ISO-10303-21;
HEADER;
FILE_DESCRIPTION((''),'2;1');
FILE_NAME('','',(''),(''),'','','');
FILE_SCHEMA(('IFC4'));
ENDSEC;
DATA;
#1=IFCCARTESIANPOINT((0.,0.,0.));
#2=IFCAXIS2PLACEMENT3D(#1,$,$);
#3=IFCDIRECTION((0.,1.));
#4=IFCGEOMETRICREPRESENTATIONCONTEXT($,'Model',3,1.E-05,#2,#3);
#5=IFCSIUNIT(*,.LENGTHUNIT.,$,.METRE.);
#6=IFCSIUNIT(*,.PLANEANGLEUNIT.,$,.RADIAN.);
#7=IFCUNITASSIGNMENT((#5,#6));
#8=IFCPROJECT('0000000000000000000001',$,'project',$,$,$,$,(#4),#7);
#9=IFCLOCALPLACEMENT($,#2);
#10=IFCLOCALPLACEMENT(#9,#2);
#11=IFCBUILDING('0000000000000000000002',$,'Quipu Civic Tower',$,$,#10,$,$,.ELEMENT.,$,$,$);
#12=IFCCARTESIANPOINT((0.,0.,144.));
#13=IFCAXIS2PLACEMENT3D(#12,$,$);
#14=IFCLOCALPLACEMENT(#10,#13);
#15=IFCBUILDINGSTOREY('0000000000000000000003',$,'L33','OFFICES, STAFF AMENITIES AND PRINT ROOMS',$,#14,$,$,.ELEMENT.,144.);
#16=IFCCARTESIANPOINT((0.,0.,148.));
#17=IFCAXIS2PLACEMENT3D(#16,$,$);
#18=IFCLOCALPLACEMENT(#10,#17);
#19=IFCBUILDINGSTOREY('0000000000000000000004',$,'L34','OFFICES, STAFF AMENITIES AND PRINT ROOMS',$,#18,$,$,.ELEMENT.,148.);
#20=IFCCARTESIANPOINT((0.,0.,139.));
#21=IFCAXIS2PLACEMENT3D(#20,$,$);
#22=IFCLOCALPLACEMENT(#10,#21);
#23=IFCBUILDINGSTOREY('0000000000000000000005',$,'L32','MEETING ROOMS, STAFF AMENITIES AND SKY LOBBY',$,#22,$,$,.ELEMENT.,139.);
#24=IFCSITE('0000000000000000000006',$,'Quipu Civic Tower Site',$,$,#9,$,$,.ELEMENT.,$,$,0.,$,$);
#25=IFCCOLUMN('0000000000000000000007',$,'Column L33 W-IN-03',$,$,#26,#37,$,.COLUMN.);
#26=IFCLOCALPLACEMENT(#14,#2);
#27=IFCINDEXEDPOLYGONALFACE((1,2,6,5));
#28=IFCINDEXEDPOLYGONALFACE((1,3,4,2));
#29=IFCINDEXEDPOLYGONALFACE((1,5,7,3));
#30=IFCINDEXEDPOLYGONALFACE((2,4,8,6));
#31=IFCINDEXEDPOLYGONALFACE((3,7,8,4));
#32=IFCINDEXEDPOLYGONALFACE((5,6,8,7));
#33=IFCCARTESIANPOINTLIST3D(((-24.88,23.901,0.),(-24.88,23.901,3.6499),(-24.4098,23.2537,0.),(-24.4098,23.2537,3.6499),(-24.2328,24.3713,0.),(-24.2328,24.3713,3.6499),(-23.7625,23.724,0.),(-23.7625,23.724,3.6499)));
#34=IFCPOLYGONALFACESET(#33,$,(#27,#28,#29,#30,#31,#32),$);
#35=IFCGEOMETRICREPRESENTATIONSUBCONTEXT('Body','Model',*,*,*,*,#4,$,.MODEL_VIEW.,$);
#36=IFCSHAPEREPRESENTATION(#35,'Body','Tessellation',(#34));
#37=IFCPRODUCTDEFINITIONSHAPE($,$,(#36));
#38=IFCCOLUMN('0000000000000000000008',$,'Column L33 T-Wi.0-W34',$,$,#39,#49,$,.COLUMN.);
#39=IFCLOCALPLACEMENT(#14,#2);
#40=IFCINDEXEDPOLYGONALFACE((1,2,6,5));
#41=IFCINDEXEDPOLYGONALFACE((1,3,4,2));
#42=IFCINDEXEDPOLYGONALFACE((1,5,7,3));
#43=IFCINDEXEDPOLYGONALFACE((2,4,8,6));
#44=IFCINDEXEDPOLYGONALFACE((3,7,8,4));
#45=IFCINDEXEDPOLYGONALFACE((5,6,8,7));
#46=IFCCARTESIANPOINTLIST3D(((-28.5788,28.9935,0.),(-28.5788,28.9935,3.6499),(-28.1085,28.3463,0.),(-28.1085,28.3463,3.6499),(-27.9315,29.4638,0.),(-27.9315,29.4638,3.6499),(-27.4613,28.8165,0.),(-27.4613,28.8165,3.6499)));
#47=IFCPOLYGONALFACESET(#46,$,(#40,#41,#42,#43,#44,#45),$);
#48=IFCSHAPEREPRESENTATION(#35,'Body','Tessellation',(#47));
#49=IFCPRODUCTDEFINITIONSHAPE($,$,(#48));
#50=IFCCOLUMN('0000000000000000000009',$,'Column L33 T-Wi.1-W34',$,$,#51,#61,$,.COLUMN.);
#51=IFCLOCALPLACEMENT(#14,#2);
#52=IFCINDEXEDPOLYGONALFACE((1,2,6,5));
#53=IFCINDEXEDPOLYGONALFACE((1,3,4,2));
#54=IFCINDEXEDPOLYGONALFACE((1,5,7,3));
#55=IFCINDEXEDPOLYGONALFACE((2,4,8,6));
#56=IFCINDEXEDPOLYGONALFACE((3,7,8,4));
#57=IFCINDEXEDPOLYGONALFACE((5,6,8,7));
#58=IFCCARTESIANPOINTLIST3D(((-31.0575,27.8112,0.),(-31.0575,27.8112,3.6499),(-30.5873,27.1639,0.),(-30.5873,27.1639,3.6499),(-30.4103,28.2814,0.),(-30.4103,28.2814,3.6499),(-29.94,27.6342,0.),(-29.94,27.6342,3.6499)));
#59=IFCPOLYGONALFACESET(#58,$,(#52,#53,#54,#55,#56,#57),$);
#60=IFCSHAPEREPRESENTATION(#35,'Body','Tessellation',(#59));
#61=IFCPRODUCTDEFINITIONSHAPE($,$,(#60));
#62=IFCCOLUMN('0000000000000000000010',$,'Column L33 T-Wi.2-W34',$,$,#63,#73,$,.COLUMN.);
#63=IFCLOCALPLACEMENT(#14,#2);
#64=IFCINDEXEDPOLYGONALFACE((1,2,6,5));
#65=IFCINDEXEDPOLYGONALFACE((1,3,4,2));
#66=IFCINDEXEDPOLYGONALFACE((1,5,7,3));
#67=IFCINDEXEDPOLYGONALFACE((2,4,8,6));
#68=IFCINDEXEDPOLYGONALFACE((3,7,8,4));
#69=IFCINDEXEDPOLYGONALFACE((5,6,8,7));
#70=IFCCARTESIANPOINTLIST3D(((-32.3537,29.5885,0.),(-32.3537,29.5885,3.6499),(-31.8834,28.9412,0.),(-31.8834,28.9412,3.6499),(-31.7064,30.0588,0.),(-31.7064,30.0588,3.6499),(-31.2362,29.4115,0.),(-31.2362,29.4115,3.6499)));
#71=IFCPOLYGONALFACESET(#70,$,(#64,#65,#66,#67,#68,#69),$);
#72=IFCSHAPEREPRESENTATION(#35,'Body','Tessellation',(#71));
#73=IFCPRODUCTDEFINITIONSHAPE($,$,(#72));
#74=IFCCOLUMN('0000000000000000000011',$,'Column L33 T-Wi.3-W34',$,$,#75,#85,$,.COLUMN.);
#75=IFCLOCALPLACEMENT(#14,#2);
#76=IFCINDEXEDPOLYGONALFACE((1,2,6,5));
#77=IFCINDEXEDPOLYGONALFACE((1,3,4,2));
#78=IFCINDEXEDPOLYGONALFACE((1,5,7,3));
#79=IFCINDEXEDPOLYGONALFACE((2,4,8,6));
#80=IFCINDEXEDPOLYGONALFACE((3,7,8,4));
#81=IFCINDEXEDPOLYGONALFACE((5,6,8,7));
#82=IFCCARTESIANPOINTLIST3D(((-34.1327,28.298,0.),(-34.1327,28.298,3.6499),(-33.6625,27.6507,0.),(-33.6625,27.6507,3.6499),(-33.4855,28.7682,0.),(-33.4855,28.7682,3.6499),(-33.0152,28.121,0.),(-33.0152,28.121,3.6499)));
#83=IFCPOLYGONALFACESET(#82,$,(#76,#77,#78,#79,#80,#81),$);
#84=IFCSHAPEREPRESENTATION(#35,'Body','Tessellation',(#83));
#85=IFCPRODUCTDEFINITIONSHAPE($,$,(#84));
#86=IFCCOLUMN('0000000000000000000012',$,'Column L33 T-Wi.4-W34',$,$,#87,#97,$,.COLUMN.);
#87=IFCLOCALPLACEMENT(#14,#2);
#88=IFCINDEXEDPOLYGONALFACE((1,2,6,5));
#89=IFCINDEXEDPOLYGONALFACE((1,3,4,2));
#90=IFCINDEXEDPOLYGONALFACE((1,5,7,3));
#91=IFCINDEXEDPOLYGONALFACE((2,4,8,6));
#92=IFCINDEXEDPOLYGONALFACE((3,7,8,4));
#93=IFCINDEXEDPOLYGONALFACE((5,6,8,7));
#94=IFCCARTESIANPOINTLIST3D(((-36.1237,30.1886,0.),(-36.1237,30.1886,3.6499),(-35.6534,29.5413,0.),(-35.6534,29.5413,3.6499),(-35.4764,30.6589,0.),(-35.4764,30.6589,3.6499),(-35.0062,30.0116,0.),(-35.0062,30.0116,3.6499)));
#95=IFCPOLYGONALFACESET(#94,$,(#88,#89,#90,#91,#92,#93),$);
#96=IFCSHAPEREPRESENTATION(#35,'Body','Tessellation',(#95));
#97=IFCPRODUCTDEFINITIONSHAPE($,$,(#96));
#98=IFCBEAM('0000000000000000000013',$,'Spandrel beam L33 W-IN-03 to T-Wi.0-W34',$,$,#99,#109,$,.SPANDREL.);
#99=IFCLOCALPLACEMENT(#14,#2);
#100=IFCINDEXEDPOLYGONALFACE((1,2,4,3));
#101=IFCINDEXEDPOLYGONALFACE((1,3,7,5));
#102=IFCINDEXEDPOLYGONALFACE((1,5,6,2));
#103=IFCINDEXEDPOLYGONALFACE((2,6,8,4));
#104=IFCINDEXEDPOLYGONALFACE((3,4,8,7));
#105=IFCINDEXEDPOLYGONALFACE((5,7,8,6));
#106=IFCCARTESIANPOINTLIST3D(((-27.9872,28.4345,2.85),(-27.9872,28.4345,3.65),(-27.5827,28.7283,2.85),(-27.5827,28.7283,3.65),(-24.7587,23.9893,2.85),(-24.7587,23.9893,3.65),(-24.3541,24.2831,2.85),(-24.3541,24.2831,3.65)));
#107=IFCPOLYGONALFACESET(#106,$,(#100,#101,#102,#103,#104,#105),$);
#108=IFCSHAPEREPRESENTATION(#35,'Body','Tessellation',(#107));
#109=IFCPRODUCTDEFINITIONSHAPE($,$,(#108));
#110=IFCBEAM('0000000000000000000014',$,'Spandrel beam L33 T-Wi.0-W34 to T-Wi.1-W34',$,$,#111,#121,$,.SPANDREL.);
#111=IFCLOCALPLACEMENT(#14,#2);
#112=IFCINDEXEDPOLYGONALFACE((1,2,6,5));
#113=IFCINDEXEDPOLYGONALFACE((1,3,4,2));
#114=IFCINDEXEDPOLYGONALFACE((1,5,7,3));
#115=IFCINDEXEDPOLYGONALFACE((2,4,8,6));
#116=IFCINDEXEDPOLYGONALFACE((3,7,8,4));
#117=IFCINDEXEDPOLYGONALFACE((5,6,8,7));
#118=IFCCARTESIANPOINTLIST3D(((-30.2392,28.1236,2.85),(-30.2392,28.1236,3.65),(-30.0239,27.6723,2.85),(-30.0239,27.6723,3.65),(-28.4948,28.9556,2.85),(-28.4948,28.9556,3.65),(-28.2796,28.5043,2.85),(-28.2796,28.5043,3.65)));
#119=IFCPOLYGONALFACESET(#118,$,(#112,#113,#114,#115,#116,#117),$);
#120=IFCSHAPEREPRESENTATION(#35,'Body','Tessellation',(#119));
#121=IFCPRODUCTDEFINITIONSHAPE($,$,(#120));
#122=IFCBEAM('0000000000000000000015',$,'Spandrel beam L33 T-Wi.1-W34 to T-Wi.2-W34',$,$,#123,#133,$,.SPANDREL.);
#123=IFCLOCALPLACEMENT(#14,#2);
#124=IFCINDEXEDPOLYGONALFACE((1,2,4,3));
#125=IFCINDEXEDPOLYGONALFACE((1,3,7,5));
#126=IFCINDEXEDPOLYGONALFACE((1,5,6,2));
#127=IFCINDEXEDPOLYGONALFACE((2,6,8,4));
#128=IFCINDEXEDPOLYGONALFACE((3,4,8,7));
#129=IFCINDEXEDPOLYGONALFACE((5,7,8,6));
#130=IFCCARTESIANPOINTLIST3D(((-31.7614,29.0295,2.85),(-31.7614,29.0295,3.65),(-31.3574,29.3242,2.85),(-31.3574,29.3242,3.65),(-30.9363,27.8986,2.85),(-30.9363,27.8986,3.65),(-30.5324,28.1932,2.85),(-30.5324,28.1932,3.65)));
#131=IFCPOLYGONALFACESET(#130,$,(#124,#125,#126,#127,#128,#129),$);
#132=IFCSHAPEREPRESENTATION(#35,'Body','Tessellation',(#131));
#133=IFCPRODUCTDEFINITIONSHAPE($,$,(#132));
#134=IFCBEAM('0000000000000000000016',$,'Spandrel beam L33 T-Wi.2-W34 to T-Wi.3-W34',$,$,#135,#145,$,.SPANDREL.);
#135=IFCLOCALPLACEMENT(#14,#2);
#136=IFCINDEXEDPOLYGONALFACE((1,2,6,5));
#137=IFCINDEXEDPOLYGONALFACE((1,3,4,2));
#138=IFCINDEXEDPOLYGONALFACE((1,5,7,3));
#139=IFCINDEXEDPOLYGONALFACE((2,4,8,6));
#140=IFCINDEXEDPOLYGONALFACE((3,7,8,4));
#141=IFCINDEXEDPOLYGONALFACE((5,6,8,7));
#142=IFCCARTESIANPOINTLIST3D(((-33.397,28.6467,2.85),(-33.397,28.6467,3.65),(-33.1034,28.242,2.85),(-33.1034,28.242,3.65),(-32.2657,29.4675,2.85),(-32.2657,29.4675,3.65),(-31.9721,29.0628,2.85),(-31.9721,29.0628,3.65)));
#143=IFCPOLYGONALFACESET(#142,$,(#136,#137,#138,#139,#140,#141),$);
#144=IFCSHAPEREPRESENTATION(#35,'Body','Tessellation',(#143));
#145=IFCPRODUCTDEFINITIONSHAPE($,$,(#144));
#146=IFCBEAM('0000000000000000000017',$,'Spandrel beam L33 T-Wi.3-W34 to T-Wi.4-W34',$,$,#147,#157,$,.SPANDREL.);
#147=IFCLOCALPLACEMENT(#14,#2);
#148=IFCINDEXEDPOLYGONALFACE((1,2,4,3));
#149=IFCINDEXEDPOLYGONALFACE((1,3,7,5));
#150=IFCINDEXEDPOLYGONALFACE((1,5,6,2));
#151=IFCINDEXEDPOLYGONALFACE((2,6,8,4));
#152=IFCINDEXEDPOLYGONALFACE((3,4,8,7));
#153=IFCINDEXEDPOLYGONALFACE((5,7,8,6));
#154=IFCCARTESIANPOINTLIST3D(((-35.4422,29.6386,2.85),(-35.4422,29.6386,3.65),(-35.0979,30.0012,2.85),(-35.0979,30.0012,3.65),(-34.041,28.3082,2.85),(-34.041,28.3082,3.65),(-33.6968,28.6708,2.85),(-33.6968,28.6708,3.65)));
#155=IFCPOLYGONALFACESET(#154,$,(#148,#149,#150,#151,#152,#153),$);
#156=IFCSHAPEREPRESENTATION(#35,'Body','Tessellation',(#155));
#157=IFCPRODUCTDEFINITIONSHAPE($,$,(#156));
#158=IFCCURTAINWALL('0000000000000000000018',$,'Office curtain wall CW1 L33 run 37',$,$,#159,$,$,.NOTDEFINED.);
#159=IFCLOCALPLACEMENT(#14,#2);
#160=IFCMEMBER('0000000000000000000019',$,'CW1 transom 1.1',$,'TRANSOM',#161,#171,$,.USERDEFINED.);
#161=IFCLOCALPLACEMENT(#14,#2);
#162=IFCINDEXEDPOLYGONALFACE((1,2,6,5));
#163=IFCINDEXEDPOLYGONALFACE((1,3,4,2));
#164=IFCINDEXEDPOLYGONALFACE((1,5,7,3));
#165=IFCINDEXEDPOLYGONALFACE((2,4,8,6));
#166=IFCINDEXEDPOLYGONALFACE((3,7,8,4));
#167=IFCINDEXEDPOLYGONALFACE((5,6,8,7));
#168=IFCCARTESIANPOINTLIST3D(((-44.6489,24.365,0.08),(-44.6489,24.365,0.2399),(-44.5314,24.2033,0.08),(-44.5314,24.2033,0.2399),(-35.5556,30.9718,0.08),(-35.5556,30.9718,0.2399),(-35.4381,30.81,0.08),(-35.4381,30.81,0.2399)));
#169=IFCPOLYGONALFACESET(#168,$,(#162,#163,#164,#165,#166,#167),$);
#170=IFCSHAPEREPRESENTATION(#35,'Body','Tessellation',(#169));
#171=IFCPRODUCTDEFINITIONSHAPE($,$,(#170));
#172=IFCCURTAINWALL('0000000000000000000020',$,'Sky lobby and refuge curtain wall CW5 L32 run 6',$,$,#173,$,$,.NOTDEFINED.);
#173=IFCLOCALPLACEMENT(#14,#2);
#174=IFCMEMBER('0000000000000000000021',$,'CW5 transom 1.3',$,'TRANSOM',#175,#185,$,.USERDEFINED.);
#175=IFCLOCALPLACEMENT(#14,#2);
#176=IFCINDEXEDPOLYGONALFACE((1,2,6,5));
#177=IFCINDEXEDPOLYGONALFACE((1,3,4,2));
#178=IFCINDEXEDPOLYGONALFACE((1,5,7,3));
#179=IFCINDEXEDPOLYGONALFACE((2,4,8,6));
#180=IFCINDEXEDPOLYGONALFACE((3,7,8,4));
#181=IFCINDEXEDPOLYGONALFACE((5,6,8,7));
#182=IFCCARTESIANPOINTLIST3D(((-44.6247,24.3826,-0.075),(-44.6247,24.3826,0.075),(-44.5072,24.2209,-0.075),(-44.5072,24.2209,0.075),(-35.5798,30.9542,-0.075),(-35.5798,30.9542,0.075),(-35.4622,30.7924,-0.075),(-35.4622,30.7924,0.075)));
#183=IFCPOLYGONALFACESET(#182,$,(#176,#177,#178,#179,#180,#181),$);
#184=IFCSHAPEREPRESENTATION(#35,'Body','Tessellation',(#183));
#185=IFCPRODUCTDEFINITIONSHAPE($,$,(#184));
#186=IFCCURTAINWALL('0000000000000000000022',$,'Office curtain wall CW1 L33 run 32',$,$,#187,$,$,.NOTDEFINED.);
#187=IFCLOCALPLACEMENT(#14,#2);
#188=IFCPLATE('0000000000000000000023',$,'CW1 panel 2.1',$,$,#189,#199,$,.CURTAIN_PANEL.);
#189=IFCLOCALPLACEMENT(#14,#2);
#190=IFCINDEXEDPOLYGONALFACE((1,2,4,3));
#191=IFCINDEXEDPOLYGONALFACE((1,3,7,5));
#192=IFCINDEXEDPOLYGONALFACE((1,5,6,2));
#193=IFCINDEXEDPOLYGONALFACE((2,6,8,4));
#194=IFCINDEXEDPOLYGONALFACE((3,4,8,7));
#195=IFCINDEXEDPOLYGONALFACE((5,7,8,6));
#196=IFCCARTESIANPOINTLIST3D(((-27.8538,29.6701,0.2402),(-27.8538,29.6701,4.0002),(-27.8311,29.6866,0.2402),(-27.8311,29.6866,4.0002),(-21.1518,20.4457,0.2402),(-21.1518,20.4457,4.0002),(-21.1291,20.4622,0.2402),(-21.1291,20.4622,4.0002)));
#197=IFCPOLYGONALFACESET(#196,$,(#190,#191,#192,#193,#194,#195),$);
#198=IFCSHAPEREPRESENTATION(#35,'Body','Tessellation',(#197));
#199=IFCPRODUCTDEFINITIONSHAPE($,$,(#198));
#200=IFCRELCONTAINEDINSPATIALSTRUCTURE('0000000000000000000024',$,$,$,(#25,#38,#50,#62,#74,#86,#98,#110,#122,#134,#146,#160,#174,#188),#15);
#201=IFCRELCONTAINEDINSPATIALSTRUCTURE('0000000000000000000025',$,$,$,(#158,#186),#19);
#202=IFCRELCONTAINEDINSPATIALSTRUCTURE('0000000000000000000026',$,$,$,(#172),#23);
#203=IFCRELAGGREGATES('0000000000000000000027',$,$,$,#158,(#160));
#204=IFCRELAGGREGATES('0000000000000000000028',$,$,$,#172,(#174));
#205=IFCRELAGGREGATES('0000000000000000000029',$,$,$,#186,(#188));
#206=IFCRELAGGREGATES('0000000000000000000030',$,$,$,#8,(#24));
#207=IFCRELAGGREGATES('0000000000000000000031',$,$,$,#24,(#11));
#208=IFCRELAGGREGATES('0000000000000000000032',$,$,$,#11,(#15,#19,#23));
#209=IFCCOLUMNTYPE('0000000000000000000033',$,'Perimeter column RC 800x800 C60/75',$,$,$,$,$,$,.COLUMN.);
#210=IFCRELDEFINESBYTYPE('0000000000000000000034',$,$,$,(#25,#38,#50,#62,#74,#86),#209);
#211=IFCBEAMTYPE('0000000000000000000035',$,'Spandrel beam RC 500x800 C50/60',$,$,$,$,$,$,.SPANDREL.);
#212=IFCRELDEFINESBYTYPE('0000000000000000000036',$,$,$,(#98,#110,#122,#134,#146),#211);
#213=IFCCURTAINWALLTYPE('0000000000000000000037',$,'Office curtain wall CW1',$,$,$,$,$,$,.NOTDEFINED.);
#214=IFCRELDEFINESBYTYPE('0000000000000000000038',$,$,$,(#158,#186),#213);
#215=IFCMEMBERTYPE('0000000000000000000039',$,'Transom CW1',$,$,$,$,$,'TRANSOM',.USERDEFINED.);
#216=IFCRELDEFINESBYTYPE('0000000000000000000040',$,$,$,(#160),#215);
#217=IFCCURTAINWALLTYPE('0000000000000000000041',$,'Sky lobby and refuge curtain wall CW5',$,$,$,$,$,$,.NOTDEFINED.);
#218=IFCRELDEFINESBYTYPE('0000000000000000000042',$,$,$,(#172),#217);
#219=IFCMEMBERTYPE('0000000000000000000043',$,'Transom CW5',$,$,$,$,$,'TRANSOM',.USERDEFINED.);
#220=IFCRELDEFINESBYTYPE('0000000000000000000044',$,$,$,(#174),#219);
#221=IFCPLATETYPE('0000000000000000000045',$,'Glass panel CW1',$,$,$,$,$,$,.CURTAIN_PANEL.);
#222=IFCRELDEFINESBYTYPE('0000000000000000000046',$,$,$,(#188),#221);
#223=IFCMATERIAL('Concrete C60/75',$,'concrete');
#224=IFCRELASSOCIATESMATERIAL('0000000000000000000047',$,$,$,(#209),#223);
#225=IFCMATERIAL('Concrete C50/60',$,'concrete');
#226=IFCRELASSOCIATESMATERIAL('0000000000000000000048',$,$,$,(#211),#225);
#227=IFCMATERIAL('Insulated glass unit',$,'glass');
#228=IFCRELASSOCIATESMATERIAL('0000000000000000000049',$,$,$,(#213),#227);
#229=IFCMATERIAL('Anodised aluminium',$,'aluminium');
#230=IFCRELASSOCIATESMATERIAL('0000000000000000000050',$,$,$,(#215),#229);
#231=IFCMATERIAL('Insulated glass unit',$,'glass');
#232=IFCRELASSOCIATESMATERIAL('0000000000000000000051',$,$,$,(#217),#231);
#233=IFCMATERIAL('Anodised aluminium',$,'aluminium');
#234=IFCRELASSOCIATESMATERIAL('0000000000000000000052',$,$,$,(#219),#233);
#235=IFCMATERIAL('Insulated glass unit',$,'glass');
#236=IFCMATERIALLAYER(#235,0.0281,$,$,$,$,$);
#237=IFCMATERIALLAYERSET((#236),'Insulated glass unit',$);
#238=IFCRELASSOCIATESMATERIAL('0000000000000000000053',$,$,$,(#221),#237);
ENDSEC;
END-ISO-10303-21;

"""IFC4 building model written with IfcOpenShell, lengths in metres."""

from ifc_helpers import new_model, si_unit, direction, frame, origin, origin_2d, place, context, subcontext, project, spatial, rectangle, extrude, material, layer, layer_set, material_profile, profile_set, type_object, element, aggregate, save


model = new_model("IFC4")

# Units and contexts
model_context = context("Model", 3, precision=1e-05, world=origin(), true_north=direction((0.0, 1.0)))
body_context = subcontext(model_context, "Body", "Model", "MODEL_VIEW")
ifc_project = project(units=[si_unit("LENGTHUNIT", "METRE"), si_unit("PLANEANGLEUNIT", "RADIAN")], contexts=[model_context])

# Site, building, storey
site_placement = place(None, origin())
site = spatial("IfcSite", under=ifc_project, at=site_placement, Name="Quipu Civic Tower Site", CompositionType="ELEMENT", RefElevation=0.0)
building_placement = place(site_placement, origin())
building = spatial("IfcBuilding", under=site, at=building_placement, Name="Quipu Civic Tower", CompositionType="ELEMENT")
storey_1_placement = place(building_placement, frame((0.0, 0.0, 144.0)))
storey_1 = spatial("IfcBuildingStorey", under=building, at=storey_1_placement, Name="L33", Description="OFFICES, STAFF AMENITIES AND PRINT ROOMS", CompositionType="ELEMENT", Elevation=144.0)

# Columns
ifc_material_1 = material(Name="Concrete C60/75", Category="concrete")
ifc_material_profile_1 = material_profile(ifc_material_1, rectangle(XDim=0.8, YDim=0.8, at=origin_2d()), Name="RC800x800")
ifc_profile_set_1 = profile_set([ifc_material_profile_1], Name="Concrete C60/75")
column_type = type_object("IfcColumnType", Name="Perimeter column RC 800x800 C60/75", PredefinedType="COLUMN", material=ifc_profile_set_1)
for number, where, z_axis, x_axis, name in (
    (1, (-24.3213, 23.8125, 0.0), (0.0, 0.0, 1.0), (-0.587785, 0.809017, 0.0), "Column L33 W-IN-03"),
    (2, (-28.02, 28.905, 0.0), (0.0, 0.0, 1.0), (-0.809017, -0.587785, 0.0), "Column L33 T-Wi.0-W34"),
    (3, (-30.4988, 27.7227, 0.0), (0.0, 0.0, 1.0), (-0.809017, -0.587785, 0.0), "Column L33 T-Wi.1-W34"),
    (4, (-31.7949, 29.5, 0.0), (0.0, 0.0, 1.0), (-0.587785, 0.809017, 0.0), "Column L33 T-Wi.2-W34"),
    (5, (-33.574, 28.2095, 0.0), (0.0, 0.0, 1.0), (-0.587785, 0.809017, 0.0), "Column L33 T-Wi.3-W34"),
    (6, (-35.5649, 30.1001, 0.0), (0.0, 0.0, 1.0), (-0.809017, -0.587785, 0.0), "Column L33 T-Wi.4-W34"),
):
    element("IfcColumn", number, at=place(storey_1_placement, frame(where, z_axis=z_axis, x_axis=x_axis)), inside=storey_1, type_object=column_type, Name=name, PredefinedType="COLUMN", context=body_context, shape_type="SweptSolid", body=[
        extrude(rectangle(XDim=0.8, YDim=0.8, at=origin_2d()), origin(), (0.0, 0.0, 1.0), 3.6499),
    ])

# Beams
ifc_material_2 = material(Name="Concrete C50/60", Category="concrete")
ifc_material_profile_2 = material_profile(ifc_material_2, rectangle(XDim=0.5, YDim=0.8, at=origin_2d()), Name="RC500x800")
ifc_profile_set_2 = profile_set([ifc_material_profile_2], Name="Concrete C50/60")
beam_type = type_object("IfcBeamType", Name="Spandrel beam RC 500x800 C50/60", PredefinedType="SPANDREL", material=ifc_profile_set_2)
beam_1_placement = place(storey_1_placement, frame((-24.5564, 24.1362, 3.25), z_axis=(-0.587664, 0.809105, 0.0), x_axis=(-0.809105, -0.587664, 0.0)))
element("IfcBeam", 7, at=beam_1_placement, inside=storey_1, type_object=beam_type, Name="Spandrel beam L33 W-IN-03 to T-Wi.0-W34", PredefinedType="SPANDREL", context=body_context, shape_type="SweptSolid", body=[
    extrude(rectangle(XDim=0.5, YDim=0.8, at=origin_2d()), origin(), (0.0, 0.0, 1.0), 5.4939),
])
beam_2_placement = place(storey_1_placement, frame((-28.3872, 28.73, 3.25), z_axis=(-0.902585, -0.430512, 0.0), x_axis=(0.430512, -0.902585, 0.0)))
element("IfcBeam", 8, at=beam_2_placement, inside=storey_1, type_object=beam_type, Name="Spandrel beam L33 T-Wi.0-W34 to T-Wi.1-W34", PredefinedType="SPANDREL", context=body_context, shape_type="SweptSolid", body=[
    extrude(rectangle(XDim=0.5, YDim=0.8, at=origin_2d()), origin(), (0.0, 0.0, 1.0), 1.9326),
])
beam_3_placement = place(storey_1_placement, frame((-30.7344, 28.0459, 3.25), z_axis=(-0.589343, 0.807883, 0.0), x_axis=(-0.807883, -0.589343, 0.0)))
element("IfcBeam", 9, at=beam_3_placement, inside=storey_1, type_object=beam_type, Name="Spandrel beam L33 T-Wi.1-W34 to T-Wi.2-W34", PredefinedType="SPANDREL", context=body_context, shape_type="SweptSolid", body=[
    extrude(rectangle(XDim=0.5, YDim=0.8, at=origin_2d()), origin(), (0.0, 0.0, 1.0), 1.3999),
])
beam_4_placement = place(storey_1_placement, frame((-32.1189, 29.2651, 3.25), z_axis=(-0.809415, -0.587237, 0.0), x_axis=(0.587237, -0.809415, 0.0)))
element("IfcBeam", 10, at=beam_4_placement, inside=storey_1, type_object=beam_type, Name="Spandrel beam L33 T-Wi.2-W34 to T-Wi.3-W34", PredefinedType="SPANDREL", context=body_context, shape_type="SweptSolid", body=[
    extrude(rectangle(XDim=0.5, YDim=0.8, at=origin_2d()), origin(), (0.0, 0.0, 1.0), 1.3977),
])
beam_5_placement = place(storey_1_placement, frame((-33.8689, 28.4895, 3.25), z_axis=(-0.725192, 0.688547, 0.0), x_axis=(-0.688547, -0.725192, 0.0)))
element("IfcBeam", 11, at=beam_5_placement, inside=storey_1, type_object=beam_type, Name="Spandrel beam L33 T-Wi.3-W34 to T-Wi.4-W34", PredefinedType="SPANDREL", context=body_context, shape_type="SweptSolid", body=[
    extrude(rectangle(XDim=0.5, YDim=0.8, at=origin_2d()), origin(), (0.0, 0.0, 1.0), 1.9321),
])

# Shared definitions
storey_2_placement = place(building_placement, frame((0.0, 0.0, 148.0)))
storey_2 = spatial("IfcBuildingStorey", under=building, at=storey_2_placement, Name="L34", Description="OFFICES, STAFF AMENITIES AND PRINT ROOMS", CompositionType="ELEMENT", Elevation=148.0)

# Curtain wall, member
ifc_material_3 = material(Name="Insulated glass unit", Category="glass")
curtain_wall_type_1 = type_object("IfcCurtainWallType", Name="Office curtain wall CW1", PredefinedType="NOTDEFINED", material=ifc_material_3)
curtain_wall_1_placement = place(storey_2_placement, origin())
curtain_wall_1 = element("IfcCurtainWall", 12, at=curtain_wall_1_placement, inside=storey_2, type_object=curtain_wall_type_1, Name="Office curtain wall CW1 L33 run 37", PredefinedType="NOTDEFINED")
ifc_material_4 = material(Name="Anodised aluminium", Category="aluminium")
ifc_material_profile_3 = material_profile(ifc_material_4, rectangle(XDim=0.2, YDim=0.1599, at=origin_2d()), Name="RECT 200x160")
ifc_profile_set_3 = profile_set([ifc_material_profile_3], Name="Anodised aluminium")
member_type_1 = type_object("IfcMemberType", Name="Transom CW1", ElementType="TRANSOM", PredefinedType="USERDEFINED", material=ifc_profile_set_3)
member_1_placement = place(storey_1_placement, frame((-35.4968, 30.8909, 0.1599), z_axis=(-0.809015, -0.587788, 0.0), x_axis=(0.587788, -0.809015, 0.0)))
member_1 = element("IfcMember", 13, at=member_1_placement, inside=storey_1, type_object=member_type_1, Name="CW1 transom 1.1", ObjectType="TRANSOM", PredefinedType="USERDEFINED", context=body_context, shape_type="SweptSolid", body=[
    extrude(rectangle(XDim=0.2, YDim=0.1599, at=origin_2d()), origin(), (0.0, 0.0, 1.0), 11.24),
])
aggregate(curtain_wall_1, [member_1])

# Shared definitions
storey_3_placement = place(building_placement, frame((0.0, 0.0, 139.0)))
storey_3 = spatial("IfcBuildingStorey", under=building, at=storey_3_placement, Name="L32", Description="MEETING ROOMS, STAFF AMENITIES AND SKY LOBBY", CompositionType="ELEMENT", Elevation=139.0)

# Curtain wall, member
ifc_material_5 = material(Name="Insulated glass unit", Category="glass")
curtain_wall_type_2 = type_object("IfcCurtainWallType", Name="Sky lobby and refuge curtain wall CW5", PredefinedType="NOTDEFINED", material=ifc_material_5)
curtain_wall_2_placement = place(storey_3_placement, origin())
curtain_wall_2 = element("IfcCurtainWall", 14, at=curtain_wall_2_placement, inside=storey_3, type_object=curtain_wall_type_2, Name="Sky lobby and refuge curtain wall CW5 L32 run 6", PredefinedType="NOTDEFINED")
ifc_material_6 = material(Name="Anodised aluminium", Category="aluminium")
ifc_material_profile_4 = material_profile(ifc_material_6, rectangle(XDim=0.2, YDim=0.1499, at=origin_2d()), Name="RECT 200x150")
ifc_profile_set_4 = profile_set([ifc_material_profile_4], Name="Anodised aluminium")
member_type_2 = type_object("IfcMemberType", Name="Transom CW5", ElementType="TRANSOM", PredefinedType="USERDEFINED", material=ifc_profile_set_4)
member_2_placement = place(storey_1_placement, frame((-35.521, 30.8733, 0.0), z_axis=(-0.809016, -0.587786, 0.0), x_axis=(0.587786, -0.809016, 0.0)))
member_2 = element("IfcMember", 15, at=member_2_placement, inside=storey_1, type_object=member_type_2, Name="CW5 transom 1.3", ObjectType="TRANSOM", PredefinedType="USERDEFINED", context=body_context, shape_type="SweptSolid", body=[
    extrude(rectangle(XDim=0.2, YDim=0.1499, at=origin_2d()), origin(), (0.0, 0.0, 1.0), 11.1802),
])
aggregate(curtain_wall_2, [member_2])

# Curtain wall, plate
curtain_wall_3_placement = place(storey_2_placement, origin())
curtain_wall_3 = element("IfcCurtainWall", 16, at=curtain_wall_3_placement, inside=storey_2, type_object=curtain_wall_type_1, Name="Office curtain wall CW1 L33 run 32", PredefinedType="NOTDEFINED")
ifc_material_7 = material(Name="Insulated glass unit", Category="glass")
ifc_layer_1 = layer(ifc_material_7, 0.0281)
ifc_layer_set_1 = layer_set([ifc_layer_1], Name="Insulated glass unit")
plate_type_1 = type_object("IfcPlateType", Name="Glass panel CW1", PredefinedType="CURTAIN_PANEL", material=ifc_layer_set_1)
plate_placement = place(storey_1_placement, frame((-24.4915, 25.0662, 0.2402), z_axis=(0.0, 0.0, 1.0), x_axis=(-0.587789, 0.809014, 0.0)))
plate = element("IfcPlate", 17, at=plate_placement, inside=storey_1, type_object=plate_type_1, Name="CW1 panel 2.1", PredefinedType="CURTAIN_PANEL", context=body_context, shape_type="SweptSolid", body=[
    extrude(rectangle(XDim=11.4021, YDim=0.0281, at=origin_2d()), origin(), (0.0, 0.0, 1.0), 3.76),
])
aggregate(curtain_wall_3, [plate])

save(model, "model.ifc")
